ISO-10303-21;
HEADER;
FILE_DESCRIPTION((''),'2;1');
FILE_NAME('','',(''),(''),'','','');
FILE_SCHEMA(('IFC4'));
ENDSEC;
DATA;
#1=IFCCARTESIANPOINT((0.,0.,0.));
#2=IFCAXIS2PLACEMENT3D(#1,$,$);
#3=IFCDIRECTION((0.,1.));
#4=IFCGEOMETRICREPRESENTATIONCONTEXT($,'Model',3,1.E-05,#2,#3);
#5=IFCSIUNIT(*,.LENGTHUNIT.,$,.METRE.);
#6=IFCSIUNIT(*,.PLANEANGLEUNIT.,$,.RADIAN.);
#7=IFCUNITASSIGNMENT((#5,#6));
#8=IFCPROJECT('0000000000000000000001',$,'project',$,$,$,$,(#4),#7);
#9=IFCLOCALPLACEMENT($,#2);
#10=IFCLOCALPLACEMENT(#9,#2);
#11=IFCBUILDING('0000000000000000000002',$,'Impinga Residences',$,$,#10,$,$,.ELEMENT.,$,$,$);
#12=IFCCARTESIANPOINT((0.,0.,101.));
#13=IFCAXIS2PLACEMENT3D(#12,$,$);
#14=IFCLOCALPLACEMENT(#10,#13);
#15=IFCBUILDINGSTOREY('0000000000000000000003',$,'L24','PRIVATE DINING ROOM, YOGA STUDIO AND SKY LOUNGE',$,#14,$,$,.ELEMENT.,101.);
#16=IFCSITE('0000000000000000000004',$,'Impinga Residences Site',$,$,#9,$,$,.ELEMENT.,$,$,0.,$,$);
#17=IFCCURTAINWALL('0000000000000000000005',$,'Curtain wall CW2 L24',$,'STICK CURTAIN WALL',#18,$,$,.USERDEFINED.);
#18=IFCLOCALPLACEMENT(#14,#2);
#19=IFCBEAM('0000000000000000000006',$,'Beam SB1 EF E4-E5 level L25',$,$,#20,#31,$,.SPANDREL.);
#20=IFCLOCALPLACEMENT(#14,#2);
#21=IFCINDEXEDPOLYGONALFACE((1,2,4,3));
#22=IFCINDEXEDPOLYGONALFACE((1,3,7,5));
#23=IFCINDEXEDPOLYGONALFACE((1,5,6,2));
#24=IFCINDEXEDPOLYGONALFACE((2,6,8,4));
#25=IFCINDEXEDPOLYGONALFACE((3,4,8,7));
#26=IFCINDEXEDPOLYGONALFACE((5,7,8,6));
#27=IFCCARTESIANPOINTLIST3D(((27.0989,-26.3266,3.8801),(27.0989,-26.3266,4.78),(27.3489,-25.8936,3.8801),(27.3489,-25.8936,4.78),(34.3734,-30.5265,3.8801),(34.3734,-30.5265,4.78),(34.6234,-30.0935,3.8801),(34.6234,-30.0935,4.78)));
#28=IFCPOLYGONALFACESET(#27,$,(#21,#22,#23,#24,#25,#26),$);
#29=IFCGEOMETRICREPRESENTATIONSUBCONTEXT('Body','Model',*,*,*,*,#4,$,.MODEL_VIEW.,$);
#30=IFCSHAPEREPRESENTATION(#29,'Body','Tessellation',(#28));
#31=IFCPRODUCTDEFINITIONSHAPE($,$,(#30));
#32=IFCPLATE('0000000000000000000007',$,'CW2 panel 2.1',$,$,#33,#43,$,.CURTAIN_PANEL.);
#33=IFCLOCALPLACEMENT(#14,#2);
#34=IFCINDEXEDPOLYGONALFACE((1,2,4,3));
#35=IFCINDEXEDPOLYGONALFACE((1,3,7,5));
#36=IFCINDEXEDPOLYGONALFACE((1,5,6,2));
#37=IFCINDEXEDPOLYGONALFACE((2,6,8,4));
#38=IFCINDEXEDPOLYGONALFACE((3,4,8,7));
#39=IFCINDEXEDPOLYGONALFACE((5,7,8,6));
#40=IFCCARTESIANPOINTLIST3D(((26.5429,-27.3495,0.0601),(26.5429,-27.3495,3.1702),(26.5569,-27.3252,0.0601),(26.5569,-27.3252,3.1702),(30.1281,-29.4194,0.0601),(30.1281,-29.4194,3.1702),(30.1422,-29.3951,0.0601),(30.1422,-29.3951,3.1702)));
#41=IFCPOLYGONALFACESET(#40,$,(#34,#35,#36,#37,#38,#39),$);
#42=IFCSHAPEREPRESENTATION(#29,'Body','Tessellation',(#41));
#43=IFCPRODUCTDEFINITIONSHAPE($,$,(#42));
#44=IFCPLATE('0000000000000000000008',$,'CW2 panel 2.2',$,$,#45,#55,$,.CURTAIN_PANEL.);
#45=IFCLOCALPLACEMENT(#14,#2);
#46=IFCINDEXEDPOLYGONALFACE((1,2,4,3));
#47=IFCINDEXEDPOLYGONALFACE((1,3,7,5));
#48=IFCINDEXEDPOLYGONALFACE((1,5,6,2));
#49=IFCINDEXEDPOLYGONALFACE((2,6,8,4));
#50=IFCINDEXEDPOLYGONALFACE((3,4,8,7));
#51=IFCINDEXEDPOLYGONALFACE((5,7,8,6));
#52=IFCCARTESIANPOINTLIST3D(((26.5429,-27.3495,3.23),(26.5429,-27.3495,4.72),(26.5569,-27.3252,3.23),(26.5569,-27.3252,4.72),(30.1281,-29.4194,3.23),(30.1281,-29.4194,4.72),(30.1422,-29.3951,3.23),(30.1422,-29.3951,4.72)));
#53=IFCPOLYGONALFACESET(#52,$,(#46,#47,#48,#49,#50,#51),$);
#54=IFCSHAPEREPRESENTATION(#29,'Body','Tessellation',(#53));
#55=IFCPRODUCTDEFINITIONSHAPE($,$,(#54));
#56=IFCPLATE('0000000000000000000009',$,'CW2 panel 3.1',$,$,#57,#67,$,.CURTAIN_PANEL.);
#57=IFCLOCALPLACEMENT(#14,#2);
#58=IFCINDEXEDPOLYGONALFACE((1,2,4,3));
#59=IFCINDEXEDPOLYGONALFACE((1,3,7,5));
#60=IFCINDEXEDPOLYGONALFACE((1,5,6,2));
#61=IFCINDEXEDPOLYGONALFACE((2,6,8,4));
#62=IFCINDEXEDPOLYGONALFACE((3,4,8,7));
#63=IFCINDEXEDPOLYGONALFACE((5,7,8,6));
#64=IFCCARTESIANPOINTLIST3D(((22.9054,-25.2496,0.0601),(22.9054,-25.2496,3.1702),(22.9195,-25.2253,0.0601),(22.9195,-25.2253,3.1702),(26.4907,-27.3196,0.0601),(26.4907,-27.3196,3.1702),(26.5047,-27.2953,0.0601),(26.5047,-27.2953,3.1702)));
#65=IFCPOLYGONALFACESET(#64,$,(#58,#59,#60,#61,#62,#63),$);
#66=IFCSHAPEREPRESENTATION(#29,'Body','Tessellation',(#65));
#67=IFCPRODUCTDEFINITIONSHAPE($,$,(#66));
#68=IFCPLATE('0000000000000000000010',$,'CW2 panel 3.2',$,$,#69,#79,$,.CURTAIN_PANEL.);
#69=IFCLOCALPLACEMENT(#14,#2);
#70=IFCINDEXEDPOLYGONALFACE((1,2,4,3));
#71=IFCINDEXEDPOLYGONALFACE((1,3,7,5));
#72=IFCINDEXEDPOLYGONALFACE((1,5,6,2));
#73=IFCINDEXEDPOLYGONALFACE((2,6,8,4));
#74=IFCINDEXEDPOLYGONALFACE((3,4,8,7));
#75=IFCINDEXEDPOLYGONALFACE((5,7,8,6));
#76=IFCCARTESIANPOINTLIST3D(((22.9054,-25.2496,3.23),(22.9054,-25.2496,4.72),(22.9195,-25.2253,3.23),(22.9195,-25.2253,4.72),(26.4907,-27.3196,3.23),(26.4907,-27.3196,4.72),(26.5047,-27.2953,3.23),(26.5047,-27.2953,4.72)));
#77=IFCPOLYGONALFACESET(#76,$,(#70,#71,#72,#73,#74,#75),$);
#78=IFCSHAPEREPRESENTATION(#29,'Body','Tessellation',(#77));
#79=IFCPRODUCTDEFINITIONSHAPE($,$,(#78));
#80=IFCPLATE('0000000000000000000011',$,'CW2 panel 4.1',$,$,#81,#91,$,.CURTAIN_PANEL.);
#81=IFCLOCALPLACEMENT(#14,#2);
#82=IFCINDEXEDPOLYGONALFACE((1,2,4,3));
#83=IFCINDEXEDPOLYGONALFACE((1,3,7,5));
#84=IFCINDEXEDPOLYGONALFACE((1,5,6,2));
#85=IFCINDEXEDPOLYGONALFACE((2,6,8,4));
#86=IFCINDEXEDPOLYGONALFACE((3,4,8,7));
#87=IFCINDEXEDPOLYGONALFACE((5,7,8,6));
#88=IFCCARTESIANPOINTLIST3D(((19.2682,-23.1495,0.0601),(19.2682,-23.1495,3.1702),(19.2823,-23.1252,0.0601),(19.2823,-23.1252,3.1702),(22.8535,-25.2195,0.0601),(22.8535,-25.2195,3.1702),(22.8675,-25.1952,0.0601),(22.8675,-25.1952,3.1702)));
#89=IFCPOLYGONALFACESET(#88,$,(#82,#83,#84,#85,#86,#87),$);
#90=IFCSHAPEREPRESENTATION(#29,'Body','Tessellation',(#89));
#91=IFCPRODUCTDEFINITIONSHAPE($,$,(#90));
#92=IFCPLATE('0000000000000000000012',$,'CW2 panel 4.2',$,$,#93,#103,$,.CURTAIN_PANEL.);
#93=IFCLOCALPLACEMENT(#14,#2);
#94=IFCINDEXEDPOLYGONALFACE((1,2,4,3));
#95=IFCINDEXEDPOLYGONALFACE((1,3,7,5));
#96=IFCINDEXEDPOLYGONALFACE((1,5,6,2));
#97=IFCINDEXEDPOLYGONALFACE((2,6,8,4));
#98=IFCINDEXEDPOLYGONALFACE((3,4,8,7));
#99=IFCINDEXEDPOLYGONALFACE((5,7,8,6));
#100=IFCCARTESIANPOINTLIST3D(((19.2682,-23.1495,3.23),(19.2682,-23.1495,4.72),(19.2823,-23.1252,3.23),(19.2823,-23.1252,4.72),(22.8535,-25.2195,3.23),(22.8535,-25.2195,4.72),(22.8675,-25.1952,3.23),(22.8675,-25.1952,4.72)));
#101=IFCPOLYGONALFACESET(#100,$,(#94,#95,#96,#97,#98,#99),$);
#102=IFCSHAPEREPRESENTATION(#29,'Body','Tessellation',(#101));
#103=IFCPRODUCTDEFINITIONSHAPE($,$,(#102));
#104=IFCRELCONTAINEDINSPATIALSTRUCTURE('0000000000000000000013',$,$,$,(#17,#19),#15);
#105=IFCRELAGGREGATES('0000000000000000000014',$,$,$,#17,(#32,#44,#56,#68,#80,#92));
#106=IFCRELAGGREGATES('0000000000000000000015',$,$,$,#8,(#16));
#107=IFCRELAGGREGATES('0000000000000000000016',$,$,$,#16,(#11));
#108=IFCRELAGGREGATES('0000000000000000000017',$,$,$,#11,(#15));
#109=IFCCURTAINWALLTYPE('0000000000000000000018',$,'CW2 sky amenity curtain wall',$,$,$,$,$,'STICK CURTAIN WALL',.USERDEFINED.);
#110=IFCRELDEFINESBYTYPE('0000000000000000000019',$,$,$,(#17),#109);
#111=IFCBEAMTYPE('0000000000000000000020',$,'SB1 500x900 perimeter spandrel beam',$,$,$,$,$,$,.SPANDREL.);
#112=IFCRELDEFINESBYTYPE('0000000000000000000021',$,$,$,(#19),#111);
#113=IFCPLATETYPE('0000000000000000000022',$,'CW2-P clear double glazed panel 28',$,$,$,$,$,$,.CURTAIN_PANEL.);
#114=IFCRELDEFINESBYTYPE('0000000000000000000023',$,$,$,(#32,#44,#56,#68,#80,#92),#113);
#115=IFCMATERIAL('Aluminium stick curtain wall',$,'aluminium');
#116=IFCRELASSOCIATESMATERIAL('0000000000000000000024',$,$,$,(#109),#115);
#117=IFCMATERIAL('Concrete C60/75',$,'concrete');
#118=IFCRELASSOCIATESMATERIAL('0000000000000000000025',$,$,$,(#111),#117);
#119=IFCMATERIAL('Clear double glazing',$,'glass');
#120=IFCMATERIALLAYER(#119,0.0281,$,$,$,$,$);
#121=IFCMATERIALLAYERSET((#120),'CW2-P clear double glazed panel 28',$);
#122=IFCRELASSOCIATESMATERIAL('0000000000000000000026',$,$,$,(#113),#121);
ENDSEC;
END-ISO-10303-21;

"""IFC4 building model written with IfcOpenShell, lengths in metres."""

from ifc_helpers import new_model, si_unit, direction, frame, origin, origin_2d, place, context, subcontext, project, spatial, rectangle, extrude, material, layer, layer_set, material_profile, profile_set, type_object, element, aggregate, save


model = new_model("IFC4")

# Units and contexts
model_context = context("Model", 3, precision=1e-05, world=origin(), true_north=direction((0.0, 1.0)))
body_context = subcontext(model_context, "Body", "Model", "MODEL_VIEW")
ifc_project = project(units=[si_unit("LENGTHUNIT", "METRE"), si_unit("PLANEANGLEUNIT", "RADIAN")], contexts=[model_context])

# Site, building, storey
site_placement = place(None, origin())
site = spatial("IfcSite", under=ifc_project, at=site_placement, Name="Impinga Residences Site", CompositionType="ELEMENT", RefElevation=0.0)
building_placement = place(site_placement, origin())
building = spatial("IfcBuilding", under=site, at=building_placement, Name="Impinga Residences", CompositionType="ELEMENT")
storey_placement = place(building_placement, frame((0.0, 0.0, 101.0)))
storey = spatial("IfcBuildingStorey", under=building, at=storey_placement, Name="L24", Description="PRIVATE DINING ROOM, YOGA STUDIO AND SKY LOUNGE", CompositionType="ELEMENT", Elevation=101.0)

# Shared definitions
ifc_material_1 = material(Name="Concrete C60/75", Category="concrete")

# Curtain wall
ifc_material_2 = material(Name="Aluminium stick curtain wall", Category="aluminium")
curtain_wall_type = type_object("IfcCurtainWallType", Name="CW2 sky amenity curtain wall", ElementType="STICK CURTAIN WALL", PredefinedType="USERDEFINED", material=ifc_material_2)
curtain_wall_placement = place(storey_placement, origin())
curtain_wall = element("IfcCurtainWall", 1, at=curtain_wall_placement, inside=storey, type_object=curtain_wall_type, Name="Curtain wall CW2 L24", ObjectType="STICK CURTAIN WALL", PredefinedType="USERDEFINED")

# Beam
ifc_material_profile_1 = material_profile(ifc_material_1, rectangle(XDim=0.5, YDim=0.8999, at=origin_2d()), Name="RC 500x900")
ifc_profile_set_1 = profile_set([ifc_material_profile_1], Name="Concrete C60/75")
beam_type = type_object("IfcBeamType", Name="SB1 500x900 perimeter spandrel beam", PredefinedType="SPANDREL", material=ifc_profile_set_1)
beam_placement = place(storey_placement, frame((27.2239, -26.1101, 4.3301), z_axis=(0.866029, -0.499993, 0.0), x_axis=(0.499993, 0.866029, 0.0)))
element("IfcBeam", 2, at=beam_placement, inside=storey, type_object=beam_type, Name="Beam SB1 EF E4-E5 level L25", PredefinedType="SPANDREL", context=body_context, shape_type="SweptSolid", body=[
    extrude(rectangle(XDim=0.5, YDim=0.8999, at=origin_2d()), origin(), (0.0, 0.0, 1.0), 8.3999),
])

# Plates
ifc_material_3 = material(Name="Clear double glazing", Category="glass")
ifc_layer = layer(ifc_material_3, 0.0281)
ifc_layer_set = layer_set([ifc_layer], Name="CW2-P clear double glazed panel 28")
plate_type = type_object("IfcPlateType", Name="CW2-P clear double glazed panel 28", PredefinedType="CURTAIN_PANEL", material=ifc_layer_set)
plate_1_placement = place(storey_placement, frame((28.3425, -28.3723, 0.0601), z_axis=(0.0, 0.0, 1.0), x_axis=(-0.866025, 0.5, 0.0)))
plate_1 = element("IfcPlate", 3, at=plate_1_placement, type_object=plate_type, Name="CW2 panel 2.1", PredefinedType="CURTAIN_PANEL", context=body_context, shape_type="SweptSolid", body=[
    extrude(rectangle(XDim=4.1399, YDim=0.0281, at=origin_2d()), origin(), (0.0, 0.0, 1.0), 3.1101),
])
plate_2_placement = place(storey_placement, frame((28.3425, -28.3723, 3.23), z_axis=(0.0, 0.0, 1.0), x_axis=(-0.866025, 0.5, 0.0)))
plate_2 = element("IfcPlate", 4, at=plate_2_placement, type_object=plate_type, Name="CW2 panel 2.2", PredefinedType="CURTAIN_PANEL", context=body_context, shape_type="SweptSolid", body=[
    extrude(rectangle(XDim=4.1399, YDim=0.0281, at=origin_2d()), origin(), (0.0, 0.0, 1.0), 1.49),
])
plate_3_placement = place(storey_placement, frame((24.7051, -26.2725, 0.0601), z_axis=(0.0, 0.0, 1.0), x_axis=(-0.866025, 0.5, 0.0)))
plate_3 = element("IfcPlate", 5, at=plate_3_placement, type_object=plate_type, Name="CW2 panel 3.1", PredefinedType="CURTAIN_PANEL", context=body_context, shape_type="SweptSolid", body=[
    extrude(rectangle(XDim=4.1399, YDim=0.0281, at=origin_2d()), origin(), (0.0, 0.0, 1.0), 3.1101),
])
plate_4_placement = place(storey_placement, frame((24.7051, -26.2725, 3.23), z_axis=(0.0, 0.0, 1.0), x_axis=(-0.866025, 0.5, 0.0)))
plate_4 = element("IfcPlate", 6, at=plate_4_placement, type_object=plate_type, Name="CW2 panel 3.2", PredefinedType="CURTAIN_PANEL", context=body_context, shape_type="SweptSolid", body=[
    extrude(rectangle(XDim=4.1399, YDim=0.0281, at=origin_2d()), origin(), (0.0, 0.0, 1.0), 1.49),
])
plate_5_placement = place(storey_placement, frame((21.0679, -24.1724, 0.0601), z_axis=(0.0, 0.0, 1.0), x_axis=(-0.866025, 0.5, 0.0)))
plate_5 = element("IfcPlate", 7, at=plate_5_placement, type_object=plate_type, Name="CW2 panel 4.1", PredefinedType="CURTAIN_PANEL", context=body_context, shape_type="SweptSolid", body=[
    extrude(rectangle(XDim=4.1399, YDim=0.0281, at=origin_2d()), origin(), (0.0, 0.0, 1.0), 3.1101),
])
plate_6_placement = place(storey_placement, frame((21.0679, -24.1724, 3.23), z_axis=(0.0, 0.0, 1.0), x_axis=(-0.866025, 0.5, 0.0)))
plate_6 = element("IfcPlate", 8, at=plate_6_placement, type_object=plate_type, Name="CW2 panel 4.2", PredefinedType="CURTAIN_PANEL", context=body_context, shape_type="SweptSolid", body=[
    extrude(rectangle(XDim=4.1399, YDim=0.0281, at=origin_2d()), origin(), (0.0, 0.0, 1.0), 1.49),
])
aggregate(curtain_wall, [plate_1, plate_2, plate_3, plate_4, plate_5, plate_6])

save(model, "model.ifc")
